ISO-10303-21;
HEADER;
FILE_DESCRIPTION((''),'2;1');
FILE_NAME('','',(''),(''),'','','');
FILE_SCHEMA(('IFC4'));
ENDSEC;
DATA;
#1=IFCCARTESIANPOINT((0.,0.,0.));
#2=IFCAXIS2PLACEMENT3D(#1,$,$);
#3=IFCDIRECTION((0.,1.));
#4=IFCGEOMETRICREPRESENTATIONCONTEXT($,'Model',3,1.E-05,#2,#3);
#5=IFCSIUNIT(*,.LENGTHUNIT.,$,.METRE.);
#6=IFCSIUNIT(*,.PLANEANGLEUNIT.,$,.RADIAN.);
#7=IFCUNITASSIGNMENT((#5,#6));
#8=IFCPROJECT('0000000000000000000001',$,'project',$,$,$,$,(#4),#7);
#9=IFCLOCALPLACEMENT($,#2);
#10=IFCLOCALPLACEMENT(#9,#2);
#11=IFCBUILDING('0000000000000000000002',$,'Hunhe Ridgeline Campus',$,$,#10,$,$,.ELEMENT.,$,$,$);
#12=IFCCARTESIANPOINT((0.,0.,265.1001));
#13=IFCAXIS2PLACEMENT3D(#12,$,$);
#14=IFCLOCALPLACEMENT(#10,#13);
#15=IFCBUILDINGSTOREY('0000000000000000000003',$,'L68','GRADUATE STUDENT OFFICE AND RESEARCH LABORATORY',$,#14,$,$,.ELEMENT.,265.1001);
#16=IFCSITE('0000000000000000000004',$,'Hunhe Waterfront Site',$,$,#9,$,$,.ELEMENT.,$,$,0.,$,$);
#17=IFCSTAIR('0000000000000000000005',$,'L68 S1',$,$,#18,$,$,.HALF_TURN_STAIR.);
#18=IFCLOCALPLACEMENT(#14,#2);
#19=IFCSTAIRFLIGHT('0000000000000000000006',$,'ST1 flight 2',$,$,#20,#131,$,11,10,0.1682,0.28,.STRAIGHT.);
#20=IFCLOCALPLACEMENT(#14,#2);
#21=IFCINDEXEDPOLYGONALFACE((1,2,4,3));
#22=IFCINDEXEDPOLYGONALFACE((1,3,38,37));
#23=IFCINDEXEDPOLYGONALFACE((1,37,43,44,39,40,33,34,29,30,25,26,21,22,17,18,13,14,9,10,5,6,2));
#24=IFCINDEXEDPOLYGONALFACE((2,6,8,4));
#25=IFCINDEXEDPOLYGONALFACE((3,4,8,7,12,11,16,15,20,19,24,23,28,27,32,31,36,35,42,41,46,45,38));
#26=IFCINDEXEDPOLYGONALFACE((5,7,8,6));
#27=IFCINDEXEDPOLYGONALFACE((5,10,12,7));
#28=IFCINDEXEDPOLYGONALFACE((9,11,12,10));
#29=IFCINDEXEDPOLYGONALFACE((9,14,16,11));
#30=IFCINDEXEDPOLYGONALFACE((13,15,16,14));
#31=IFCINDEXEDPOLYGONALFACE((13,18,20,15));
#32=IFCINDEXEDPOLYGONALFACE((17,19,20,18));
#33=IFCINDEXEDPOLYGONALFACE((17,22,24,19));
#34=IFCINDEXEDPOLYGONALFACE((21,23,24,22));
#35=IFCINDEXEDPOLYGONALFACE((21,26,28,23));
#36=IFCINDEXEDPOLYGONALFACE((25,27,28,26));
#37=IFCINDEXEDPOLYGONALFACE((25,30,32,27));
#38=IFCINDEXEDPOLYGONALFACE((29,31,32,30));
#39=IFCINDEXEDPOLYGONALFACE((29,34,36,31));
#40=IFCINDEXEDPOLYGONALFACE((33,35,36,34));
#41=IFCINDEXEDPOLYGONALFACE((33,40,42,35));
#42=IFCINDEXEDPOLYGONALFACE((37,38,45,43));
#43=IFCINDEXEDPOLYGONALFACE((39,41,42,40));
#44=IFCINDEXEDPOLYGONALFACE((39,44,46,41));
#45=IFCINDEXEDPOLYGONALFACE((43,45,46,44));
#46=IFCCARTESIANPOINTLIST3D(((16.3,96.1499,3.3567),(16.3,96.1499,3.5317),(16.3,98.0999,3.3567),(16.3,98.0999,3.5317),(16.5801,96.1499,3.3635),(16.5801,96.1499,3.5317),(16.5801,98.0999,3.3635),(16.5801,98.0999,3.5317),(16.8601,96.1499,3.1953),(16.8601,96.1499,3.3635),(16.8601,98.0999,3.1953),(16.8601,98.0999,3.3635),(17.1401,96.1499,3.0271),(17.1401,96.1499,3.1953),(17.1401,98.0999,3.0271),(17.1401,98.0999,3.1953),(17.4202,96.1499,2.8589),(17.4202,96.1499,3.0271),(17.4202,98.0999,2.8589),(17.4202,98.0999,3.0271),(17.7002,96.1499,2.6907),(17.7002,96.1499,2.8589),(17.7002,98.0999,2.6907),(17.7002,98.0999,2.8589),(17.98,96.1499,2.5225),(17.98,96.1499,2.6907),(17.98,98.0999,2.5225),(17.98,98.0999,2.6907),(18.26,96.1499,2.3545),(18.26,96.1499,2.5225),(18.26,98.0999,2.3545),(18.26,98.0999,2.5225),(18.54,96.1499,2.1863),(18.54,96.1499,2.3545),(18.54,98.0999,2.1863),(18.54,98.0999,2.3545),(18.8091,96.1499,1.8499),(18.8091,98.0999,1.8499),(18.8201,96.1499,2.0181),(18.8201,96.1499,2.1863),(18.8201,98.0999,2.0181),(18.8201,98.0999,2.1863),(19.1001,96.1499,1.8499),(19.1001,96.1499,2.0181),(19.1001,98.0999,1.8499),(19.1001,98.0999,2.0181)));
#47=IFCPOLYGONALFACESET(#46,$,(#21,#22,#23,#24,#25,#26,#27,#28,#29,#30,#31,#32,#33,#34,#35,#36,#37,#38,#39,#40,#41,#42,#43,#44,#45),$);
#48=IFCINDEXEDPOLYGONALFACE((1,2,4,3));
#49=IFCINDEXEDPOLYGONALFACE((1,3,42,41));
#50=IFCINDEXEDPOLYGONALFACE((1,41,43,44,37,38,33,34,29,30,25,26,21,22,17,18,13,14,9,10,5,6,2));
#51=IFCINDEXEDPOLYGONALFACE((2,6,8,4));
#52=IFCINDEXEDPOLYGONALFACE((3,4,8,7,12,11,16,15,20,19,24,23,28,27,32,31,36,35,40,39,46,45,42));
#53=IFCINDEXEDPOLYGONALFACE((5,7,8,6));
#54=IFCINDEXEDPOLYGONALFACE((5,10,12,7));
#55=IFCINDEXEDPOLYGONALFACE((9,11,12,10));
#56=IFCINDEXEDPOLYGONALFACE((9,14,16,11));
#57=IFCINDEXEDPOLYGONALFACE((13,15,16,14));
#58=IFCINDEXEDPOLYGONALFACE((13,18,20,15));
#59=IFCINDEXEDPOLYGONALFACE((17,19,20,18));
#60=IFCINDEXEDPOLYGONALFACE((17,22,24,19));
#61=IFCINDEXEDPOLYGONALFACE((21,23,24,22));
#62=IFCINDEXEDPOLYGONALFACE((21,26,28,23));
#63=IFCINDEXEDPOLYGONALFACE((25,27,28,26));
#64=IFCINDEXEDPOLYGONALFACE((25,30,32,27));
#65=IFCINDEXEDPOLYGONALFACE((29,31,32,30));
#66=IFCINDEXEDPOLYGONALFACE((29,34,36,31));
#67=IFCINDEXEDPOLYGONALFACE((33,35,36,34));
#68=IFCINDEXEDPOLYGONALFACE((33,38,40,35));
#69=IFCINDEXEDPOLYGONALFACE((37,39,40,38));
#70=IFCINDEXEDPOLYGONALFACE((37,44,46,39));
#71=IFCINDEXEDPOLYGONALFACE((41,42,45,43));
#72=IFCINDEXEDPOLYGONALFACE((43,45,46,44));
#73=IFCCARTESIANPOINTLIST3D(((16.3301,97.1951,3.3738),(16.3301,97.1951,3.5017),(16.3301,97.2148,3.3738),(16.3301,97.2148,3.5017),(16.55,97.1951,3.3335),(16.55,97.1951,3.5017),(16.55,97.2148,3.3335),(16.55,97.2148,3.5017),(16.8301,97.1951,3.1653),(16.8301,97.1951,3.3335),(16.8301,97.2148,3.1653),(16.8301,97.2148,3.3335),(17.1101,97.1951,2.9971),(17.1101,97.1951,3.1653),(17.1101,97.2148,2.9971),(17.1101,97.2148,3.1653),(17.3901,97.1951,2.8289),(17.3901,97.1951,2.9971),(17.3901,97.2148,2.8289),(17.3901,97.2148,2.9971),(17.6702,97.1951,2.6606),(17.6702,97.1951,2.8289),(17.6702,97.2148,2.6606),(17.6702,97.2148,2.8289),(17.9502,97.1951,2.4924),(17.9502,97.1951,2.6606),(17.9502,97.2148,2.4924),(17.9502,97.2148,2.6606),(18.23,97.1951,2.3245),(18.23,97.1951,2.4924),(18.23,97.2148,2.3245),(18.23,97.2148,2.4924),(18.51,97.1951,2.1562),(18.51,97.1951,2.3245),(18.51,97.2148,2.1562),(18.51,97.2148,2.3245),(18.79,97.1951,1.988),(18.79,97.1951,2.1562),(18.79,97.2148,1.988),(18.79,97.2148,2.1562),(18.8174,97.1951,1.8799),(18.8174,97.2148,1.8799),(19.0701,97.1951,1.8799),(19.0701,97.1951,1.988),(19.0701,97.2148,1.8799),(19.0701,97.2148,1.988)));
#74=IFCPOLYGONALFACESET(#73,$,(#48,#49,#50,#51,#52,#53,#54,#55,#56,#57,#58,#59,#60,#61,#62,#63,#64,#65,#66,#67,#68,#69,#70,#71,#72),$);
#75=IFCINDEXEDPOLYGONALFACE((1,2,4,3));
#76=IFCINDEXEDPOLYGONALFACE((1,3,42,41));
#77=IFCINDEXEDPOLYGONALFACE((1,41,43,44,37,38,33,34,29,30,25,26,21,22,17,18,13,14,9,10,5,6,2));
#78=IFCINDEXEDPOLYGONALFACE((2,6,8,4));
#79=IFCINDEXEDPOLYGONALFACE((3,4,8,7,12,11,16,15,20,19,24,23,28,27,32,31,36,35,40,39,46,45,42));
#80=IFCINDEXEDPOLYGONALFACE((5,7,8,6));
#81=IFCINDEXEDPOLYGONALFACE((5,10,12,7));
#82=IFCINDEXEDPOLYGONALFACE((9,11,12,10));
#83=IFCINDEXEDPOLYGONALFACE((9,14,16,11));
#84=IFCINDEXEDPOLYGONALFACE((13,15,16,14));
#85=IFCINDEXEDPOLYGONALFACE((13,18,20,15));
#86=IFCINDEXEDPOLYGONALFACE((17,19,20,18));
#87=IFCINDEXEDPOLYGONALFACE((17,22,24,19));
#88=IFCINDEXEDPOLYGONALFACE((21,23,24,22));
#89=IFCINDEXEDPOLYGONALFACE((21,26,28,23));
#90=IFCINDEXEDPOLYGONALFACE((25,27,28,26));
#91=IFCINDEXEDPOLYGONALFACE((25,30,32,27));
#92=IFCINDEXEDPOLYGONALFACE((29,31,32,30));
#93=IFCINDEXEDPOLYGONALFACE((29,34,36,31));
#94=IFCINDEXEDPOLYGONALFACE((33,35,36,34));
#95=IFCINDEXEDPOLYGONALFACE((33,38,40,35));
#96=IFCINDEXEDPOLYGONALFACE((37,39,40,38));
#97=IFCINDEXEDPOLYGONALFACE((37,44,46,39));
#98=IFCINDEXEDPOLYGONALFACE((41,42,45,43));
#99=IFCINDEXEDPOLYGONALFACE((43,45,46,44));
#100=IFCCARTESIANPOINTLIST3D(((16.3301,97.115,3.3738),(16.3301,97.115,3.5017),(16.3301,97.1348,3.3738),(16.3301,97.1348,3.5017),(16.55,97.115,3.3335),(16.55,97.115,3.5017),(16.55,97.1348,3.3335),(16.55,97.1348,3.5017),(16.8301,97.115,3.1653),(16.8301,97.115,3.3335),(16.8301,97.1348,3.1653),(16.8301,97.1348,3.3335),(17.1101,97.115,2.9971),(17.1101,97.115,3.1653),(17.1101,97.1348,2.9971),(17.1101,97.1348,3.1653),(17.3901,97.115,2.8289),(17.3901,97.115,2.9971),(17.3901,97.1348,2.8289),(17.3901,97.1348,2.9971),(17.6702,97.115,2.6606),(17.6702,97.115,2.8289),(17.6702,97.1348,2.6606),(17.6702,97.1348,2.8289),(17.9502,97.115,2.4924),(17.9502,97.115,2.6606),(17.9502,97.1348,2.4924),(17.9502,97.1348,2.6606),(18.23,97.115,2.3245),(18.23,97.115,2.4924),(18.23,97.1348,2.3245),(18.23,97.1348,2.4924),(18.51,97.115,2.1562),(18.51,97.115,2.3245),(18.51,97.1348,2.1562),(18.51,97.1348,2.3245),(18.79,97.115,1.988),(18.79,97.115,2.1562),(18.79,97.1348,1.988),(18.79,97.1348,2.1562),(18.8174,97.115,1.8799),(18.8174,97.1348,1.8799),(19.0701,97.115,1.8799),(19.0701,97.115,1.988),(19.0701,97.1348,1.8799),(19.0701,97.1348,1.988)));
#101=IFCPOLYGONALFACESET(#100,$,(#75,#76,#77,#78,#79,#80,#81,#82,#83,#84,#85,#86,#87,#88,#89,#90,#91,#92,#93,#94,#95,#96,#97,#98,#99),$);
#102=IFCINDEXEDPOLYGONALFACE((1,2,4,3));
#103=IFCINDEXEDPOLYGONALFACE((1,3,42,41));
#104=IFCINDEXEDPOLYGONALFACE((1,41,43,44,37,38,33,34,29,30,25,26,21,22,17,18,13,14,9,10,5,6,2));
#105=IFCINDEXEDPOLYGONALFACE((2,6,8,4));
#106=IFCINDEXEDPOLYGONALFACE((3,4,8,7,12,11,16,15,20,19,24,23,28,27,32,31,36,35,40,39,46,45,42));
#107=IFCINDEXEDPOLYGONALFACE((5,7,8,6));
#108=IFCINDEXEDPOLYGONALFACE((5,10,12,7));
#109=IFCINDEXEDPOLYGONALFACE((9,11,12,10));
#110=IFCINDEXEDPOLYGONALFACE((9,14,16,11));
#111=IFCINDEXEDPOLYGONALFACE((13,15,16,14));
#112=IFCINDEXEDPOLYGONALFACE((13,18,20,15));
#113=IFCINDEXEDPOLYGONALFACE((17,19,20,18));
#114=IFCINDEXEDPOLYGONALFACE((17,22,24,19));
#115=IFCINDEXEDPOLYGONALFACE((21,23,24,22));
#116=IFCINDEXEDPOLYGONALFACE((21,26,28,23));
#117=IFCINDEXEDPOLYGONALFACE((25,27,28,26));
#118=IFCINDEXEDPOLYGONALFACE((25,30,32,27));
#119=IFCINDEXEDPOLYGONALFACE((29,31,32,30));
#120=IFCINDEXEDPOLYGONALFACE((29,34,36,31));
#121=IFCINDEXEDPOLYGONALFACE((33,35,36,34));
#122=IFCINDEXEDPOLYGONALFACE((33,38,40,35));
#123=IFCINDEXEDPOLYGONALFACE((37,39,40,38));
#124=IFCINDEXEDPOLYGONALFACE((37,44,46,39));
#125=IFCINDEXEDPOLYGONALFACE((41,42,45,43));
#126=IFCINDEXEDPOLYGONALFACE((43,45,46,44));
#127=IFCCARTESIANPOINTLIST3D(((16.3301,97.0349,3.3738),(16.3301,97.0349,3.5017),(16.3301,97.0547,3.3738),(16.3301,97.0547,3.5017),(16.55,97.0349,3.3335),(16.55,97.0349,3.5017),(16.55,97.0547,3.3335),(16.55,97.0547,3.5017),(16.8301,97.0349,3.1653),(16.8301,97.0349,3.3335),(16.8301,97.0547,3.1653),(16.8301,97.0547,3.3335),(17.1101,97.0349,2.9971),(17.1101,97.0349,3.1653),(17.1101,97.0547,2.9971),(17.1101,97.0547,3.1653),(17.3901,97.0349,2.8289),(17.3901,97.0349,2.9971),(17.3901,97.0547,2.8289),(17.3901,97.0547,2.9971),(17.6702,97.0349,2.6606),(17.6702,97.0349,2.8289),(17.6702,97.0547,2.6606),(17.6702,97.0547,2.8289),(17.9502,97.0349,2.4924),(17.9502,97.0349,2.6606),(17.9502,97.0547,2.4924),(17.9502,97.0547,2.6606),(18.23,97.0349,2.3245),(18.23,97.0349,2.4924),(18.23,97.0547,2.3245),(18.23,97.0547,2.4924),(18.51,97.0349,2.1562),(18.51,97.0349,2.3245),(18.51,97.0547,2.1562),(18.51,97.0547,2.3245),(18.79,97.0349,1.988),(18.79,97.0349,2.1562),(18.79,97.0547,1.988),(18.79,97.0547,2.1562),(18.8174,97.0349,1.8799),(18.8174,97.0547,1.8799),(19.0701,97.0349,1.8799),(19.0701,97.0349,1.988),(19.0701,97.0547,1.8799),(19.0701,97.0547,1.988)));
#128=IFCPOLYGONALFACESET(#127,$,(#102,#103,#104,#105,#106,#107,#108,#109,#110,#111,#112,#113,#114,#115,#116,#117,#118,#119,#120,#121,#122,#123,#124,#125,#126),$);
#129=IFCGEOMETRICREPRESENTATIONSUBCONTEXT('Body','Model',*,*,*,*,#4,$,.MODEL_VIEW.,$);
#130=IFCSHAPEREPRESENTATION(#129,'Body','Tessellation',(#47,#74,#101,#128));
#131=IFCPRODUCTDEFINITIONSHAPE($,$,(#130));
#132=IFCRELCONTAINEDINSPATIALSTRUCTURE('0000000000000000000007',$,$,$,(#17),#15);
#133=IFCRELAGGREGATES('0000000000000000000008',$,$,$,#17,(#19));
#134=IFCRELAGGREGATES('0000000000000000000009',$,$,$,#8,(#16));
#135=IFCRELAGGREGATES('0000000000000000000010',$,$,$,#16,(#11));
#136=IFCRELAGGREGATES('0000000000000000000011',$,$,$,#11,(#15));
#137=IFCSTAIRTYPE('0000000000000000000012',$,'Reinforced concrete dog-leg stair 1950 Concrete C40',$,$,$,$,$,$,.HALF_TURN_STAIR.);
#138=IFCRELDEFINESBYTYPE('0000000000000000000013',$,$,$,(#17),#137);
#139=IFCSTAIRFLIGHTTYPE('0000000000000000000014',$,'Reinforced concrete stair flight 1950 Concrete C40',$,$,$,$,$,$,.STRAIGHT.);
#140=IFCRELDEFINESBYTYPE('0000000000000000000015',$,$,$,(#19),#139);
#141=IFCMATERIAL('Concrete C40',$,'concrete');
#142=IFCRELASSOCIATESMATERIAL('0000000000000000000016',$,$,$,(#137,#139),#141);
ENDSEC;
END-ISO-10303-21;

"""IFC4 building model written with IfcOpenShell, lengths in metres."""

from ifc_helpers import new_model, si_unit, direction, frame, origin, place, context, subcontext, project, spatial, polyline, outline, extrude, material, type_object, element, aggregate, save


model = new_model("IFC4")

# Units and contexts
model_context = context("Model", 3, precision=1e-05, world=origin(), true_north=direction((0.0, 1.0)))
body_context = subcontext(model_context, "Body", "Model", "MODEL_VIEW")
ifc_project = project(units=[si_unit("LENGTHUNIT", "METRE"), si_unit("PLANEANGLEUNIT", "RADIAN")], contexts=[model_context])

# Site, building, storey
site_placement = place(None, origin())
site = spatial("IfcSite", under=ifc_project, at=site_placement, Name="Hunhe Waterfront Site", CompositionType="ELEMENT", RefElevation=0.0)
building_placement = place(site_placement, origin())
building = spatial("IfcBuilding", under=site, at=building_placement, Name="Hunhe Ridgeline Campus", CompositionType="ELEMENT")
storey_placement = place(building_placement, frame((0.0, 0.0, 265.1001)))
storey = spatial("IfcBuildingStorey", under=building, at=storey_placement, Name="L68", Description="GRADUATE STUDENT OFFICE AND RESEARCH LABORATORY", CompositionType="ELEMENT", Elevation=265.1001)

# Stair, stair flight
ifc_material_1 = material(Name="Concrete C40", Category="concrete")
stair_type = type_object("IfcStairType", Name="Reinforced concrete dog-leg stair 1950 Concrete C40", PredefinedType="HALF_TURN_STAIR", material=ifc_material_1)
stair_placement = place(storey_placement, origin())
stair = element("IfcStair", 1, at=stair_placement, inside=storey, type_object=stair_type, Name="L68 S1", PredefinedType="HALF_TURN_STAIR")
stair_flight_type = type_object("IfcStairFlightType", Name="Reinforced concrete stair flight 1950 Concrete C40", PredefinedType="STRAIGHT", material=ifc_material_1)
stair_flight_1_placement = place(storey_placement, frame((19.1001, 97.125, 1.8499), z_axis=(0.0, 0.0, 1.0), x_axis=(-1.0, 0.0, 0.0)))
stair_flight_1 = element("IfcStairFlight", 2, at=stair_flight_1_placement, type_object=stair_flight_type, Name="ST1 flight 2", NumberOfRisers=11, NumberOfTreads=10, PredefinedType="STRAIGHT", RiserHeight=0.1682, TreadLength=0.28, context=body_context, shape_type="SweptSolid", body=[
    extrude(outline(polyline([(0.0, 0.0), (0.0, 0.1682), (0.28, 0.1682), (0.28, 0.3364), (0.5601, 0.3364), (0.5601, 0.5046), (0.8401, 0.5046), (0.8401, 0.6726), (1.1201, 0.6726), (1.1201, 0.8408), (1.3999, 0.8408), (1.3999, 1.009), (1.6799, 1.009), (1.6799, 1.1772), (1.96, 1.1772), (1.96, 1.3455), (2.24, 1.3455), (2.24, 1.5137), (2.52, 1.5137), (2.52, 1.6819), (2.8, 1.6819), (2.8, 1.8501), (2.8, 1.5068), (0.291, 0.0), (0.0, 0.0)])), frame((0.0, 0.9751, 0.0), z_axis=(0.0, -1.0, 0.0), x_axis=(1.0, 0.0, 0.0)), (0.0, 0.0, 1.0), 1.95),
    extrude(outline(polyline([(0.03, 0.03), (0.03, 0.1382), (0.3101, 0.1382), (0.3101, 0.3064), (0.5901, 0.3064), (0.5901, 0.4746), (0.8701, 0.4746), (0.8701, 0.6426), (1.1499, 0.6426), (1.1499, 0.8108), (1.4299, 0.8108), (1.4299, 0.979), (1.71, 0.979), (1.71, 1.1472), (1.99, 1.1472), (1.99, 1.3154), (2.27, 1.3154), (2.27, 1.4836), (2.55, 1.4836), (2.55, 1.6519), (2.77, 1.6519), (2.77, 1.5239), (0.2827, 0.03), (0.03, 0.03)])), frame((0.0, -0.0701, 0.0), z_axis=(0.0, -1.0, 0.0), x_axis=(1.0, 0.0, 0.0)), (0.0, 0.0, 1.0), 0.0198),
    extrude(outline(polyline([(0.03, 0.03), (0.03, 0.1382), (0.3101, 0.1382), (0.3101, 0.3064), (0.5901, 0.3064), (0.5901, 0.4746), (0.8701, 0.4746), (0.8701, 0.6426), (1.1499, 0.6426), (1.1499, 0.8108), (1.4299, 0.8108), (1.4299, 0.979), (1.71, 0.979), (1.71, 1.1472), (1.99, 1.1472), (1.99, 1.3154), (2.27, 1.3154), (2.27, 1.4836), (2.55, 1.4836), (2.55, 1.6519), (2.77, 1.6519), (2.77, 1.5239), (0.2827, 0.03), (0.03, 0.03)])), frame((0.0, 0.01, 0.0), z_axis=(0.0, -1.0, 0.0), x_axis=(1.0, 0.0, 0.0)), (0.0, 0.0, 1.0), 0.0198),
    extrude(outline(polyline([(0.03, 0.03), (0.03, 0.1382), (0.3101, 0.1382), (0.3101, 0.3064), (0.5901, 0.3064), (0.5901, 0.4746), (0.8701, 0.4746), (0.8701, 0.6426), (1.1499, 0.6426), (1.1499, 0.8108), (1.4299, 0.8108), (1.4299, 0.979), (1.71, 0.979), (1.71, 1.1472), (1.99, 1.1472), (1.99, 1.3154), (2.27, 1.3154), (2.27, 1.4836), (2.55, 1.4836), (2.55, 1.6519), (2.77, 1.6519), (2.77, 1.5239), (0.2827, 0.03), (0.03, 0.03)])), frame((0.0, 0.0901, 0.0), z_axis=(0.0, -1.0, 0.0), x_axis=(1.0, 0.0, 0.0)), (0.0, 0.0, 1.0), 0.0198),
])
aggregate(stair, [stair_flight_1])

save(model, "model.ifc")
